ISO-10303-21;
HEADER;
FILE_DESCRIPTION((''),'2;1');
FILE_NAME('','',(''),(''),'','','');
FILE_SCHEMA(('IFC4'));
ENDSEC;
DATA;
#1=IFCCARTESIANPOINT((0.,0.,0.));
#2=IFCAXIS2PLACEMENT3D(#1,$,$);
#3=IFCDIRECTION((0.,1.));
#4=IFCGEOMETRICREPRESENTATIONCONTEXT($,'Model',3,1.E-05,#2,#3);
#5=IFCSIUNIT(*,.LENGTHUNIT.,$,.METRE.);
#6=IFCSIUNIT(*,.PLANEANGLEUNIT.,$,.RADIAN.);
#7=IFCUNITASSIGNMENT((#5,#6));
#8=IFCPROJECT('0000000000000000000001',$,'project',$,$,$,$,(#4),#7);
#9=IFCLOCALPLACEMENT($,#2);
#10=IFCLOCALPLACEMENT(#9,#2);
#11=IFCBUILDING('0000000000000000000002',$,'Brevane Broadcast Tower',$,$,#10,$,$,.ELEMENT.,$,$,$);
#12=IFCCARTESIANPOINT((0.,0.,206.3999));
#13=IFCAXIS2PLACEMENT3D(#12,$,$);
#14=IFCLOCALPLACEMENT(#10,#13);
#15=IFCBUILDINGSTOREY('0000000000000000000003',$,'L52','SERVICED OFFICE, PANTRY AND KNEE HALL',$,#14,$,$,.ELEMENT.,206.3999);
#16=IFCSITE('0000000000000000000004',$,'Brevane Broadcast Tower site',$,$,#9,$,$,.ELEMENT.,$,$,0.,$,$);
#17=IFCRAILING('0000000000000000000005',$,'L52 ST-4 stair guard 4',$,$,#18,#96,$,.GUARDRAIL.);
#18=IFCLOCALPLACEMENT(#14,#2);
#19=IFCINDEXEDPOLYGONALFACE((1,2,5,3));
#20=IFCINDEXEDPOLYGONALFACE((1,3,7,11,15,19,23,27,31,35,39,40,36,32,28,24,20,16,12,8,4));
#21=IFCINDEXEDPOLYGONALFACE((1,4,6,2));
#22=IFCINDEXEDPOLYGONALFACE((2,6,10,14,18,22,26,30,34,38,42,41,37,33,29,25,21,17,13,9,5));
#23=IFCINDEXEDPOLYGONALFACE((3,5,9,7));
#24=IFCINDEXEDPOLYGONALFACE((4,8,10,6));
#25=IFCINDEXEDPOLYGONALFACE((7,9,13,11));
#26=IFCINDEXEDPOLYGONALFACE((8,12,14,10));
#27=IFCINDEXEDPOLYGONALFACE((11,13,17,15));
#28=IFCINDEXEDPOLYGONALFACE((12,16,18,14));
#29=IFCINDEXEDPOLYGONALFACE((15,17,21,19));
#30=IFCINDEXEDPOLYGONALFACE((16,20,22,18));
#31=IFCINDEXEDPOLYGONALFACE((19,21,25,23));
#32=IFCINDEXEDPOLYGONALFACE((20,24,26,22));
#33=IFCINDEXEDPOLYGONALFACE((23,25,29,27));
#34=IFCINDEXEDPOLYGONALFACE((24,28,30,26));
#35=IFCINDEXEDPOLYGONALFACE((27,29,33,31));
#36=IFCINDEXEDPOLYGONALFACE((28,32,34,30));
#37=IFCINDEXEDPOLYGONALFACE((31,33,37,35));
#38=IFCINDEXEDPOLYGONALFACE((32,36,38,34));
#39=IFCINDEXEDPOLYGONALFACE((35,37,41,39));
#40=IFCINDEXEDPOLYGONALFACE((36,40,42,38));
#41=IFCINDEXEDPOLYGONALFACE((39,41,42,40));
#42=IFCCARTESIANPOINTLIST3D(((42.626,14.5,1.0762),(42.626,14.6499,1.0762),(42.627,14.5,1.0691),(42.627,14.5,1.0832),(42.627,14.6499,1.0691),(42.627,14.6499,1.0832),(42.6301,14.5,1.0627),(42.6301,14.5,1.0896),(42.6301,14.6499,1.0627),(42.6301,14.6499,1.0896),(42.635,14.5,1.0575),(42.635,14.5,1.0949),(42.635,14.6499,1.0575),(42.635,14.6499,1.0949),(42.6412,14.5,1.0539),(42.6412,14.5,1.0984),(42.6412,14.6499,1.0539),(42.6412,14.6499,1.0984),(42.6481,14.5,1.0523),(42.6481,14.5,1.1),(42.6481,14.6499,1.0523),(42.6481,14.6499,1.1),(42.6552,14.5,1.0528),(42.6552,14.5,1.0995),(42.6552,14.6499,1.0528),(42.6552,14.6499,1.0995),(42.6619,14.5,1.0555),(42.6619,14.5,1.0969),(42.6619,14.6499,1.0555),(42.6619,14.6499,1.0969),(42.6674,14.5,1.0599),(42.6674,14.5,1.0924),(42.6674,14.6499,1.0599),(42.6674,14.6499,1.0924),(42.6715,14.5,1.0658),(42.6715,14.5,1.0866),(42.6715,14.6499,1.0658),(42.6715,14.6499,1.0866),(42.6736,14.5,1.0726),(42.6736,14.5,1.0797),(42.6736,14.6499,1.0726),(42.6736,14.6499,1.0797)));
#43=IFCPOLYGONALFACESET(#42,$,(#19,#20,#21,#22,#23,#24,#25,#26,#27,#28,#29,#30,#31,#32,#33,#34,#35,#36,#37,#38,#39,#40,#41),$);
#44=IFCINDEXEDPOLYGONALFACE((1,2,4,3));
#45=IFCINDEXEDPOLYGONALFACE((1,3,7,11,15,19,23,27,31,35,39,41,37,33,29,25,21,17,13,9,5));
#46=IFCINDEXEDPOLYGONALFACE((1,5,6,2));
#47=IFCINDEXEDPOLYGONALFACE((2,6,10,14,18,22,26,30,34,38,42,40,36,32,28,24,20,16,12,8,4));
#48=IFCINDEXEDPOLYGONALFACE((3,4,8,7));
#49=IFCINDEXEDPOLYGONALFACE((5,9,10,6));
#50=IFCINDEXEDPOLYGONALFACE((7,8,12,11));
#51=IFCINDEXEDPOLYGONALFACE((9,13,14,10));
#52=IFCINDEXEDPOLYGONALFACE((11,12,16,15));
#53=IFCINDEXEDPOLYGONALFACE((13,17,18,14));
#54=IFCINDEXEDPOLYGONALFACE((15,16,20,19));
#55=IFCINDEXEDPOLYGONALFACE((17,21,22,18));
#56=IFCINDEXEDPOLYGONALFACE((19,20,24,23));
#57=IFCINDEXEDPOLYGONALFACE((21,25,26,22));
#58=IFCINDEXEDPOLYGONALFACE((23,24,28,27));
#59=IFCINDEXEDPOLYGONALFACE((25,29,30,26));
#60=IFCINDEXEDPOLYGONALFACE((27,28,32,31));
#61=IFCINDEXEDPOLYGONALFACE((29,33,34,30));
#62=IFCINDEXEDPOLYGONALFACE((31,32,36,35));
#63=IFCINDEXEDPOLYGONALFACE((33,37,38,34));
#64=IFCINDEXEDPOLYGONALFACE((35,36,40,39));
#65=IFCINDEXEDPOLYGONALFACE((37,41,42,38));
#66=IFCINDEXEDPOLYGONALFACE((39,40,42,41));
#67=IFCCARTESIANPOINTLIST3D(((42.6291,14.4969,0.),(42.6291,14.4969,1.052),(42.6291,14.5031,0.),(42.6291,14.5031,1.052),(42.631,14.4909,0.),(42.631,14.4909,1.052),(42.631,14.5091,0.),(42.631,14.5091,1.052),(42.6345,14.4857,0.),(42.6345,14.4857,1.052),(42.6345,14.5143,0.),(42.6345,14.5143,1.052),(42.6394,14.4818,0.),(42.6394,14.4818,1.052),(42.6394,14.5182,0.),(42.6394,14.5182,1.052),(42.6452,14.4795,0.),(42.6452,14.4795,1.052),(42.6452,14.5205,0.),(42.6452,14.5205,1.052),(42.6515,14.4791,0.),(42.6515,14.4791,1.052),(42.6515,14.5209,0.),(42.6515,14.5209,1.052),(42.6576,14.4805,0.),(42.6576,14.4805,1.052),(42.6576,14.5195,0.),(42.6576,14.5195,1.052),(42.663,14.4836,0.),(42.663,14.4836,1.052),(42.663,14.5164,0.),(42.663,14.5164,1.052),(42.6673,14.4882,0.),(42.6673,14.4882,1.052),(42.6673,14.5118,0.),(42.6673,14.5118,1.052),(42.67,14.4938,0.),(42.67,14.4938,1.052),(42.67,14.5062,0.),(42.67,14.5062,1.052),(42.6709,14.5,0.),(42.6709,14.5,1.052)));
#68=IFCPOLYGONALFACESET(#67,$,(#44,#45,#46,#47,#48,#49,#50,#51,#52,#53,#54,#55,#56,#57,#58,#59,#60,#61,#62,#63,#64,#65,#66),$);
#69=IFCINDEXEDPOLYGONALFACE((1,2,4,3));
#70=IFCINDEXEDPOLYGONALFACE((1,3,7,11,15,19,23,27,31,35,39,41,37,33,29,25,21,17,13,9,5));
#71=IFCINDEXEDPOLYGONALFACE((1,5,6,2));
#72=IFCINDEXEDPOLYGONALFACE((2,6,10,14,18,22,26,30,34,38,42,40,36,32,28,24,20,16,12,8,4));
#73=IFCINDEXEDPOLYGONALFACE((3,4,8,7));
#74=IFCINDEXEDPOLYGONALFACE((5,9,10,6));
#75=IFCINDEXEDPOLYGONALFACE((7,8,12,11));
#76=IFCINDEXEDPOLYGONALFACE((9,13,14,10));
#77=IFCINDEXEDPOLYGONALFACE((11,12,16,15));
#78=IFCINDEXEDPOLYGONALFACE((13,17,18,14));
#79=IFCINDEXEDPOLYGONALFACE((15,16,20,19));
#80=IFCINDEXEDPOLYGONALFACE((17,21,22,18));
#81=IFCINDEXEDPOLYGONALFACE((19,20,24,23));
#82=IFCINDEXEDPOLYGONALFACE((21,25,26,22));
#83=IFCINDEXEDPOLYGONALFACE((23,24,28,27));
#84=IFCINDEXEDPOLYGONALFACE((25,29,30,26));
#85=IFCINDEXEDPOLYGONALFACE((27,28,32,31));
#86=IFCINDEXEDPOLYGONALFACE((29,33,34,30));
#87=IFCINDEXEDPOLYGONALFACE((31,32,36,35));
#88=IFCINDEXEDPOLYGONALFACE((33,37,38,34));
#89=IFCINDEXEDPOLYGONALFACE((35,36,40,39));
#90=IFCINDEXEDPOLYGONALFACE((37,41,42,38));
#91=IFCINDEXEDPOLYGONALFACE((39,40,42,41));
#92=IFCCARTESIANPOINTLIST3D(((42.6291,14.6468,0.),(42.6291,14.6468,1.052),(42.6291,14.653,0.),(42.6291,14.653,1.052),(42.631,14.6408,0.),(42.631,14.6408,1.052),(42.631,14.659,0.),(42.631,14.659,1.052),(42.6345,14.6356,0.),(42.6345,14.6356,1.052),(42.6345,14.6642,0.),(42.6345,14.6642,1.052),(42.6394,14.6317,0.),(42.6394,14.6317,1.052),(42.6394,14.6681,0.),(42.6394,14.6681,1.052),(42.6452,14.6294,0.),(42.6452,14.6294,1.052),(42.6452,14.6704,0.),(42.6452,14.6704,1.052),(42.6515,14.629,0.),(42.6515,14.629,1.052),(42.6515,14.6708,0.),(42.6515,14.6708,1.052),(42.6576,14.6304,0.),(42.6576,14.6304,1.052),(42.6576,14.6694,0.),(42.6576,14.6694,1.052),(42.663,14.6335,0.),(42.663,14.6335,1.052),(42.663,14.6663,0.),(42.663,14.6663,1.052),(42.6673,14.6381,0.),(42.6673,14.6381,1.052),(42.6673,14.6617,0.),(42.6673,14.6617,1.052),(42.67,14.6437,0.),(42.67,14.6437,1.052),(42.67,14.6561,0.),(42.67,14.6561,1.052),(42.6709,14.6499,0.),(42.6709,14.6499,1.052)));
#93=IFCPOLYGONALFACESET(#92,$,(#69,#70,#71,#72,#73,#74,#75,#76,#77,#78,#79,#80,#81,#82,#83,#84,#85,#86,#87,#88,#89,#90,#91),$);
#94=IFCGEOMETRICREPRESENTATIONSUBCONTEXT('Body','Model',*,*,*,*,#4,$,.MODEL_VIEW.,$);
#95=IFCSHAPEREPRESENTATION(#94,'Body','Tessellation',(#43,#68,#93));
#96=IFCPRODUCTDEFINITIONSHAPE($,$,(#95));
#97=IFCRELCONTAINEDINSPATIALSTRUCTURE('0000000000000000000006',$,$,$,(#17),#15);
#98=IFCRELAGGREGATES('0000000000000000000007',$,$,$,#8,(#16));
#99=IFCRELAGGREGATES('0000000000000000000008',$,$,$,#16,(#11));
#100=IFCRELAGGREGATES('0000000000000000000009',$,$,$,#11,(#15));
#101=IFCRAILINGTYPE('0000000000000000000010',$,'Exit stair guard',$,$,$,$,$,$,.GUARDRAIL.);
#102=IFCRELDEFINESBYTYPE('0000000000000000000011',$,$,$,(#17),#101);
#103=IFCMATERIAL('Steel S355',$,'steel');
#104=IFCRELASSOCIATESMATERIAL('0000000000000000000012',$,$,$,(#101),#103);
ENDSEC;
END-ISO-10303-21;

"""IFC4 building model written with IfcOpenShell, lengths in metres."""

from ifc_helpers import new_model, si_unit, direction, frame, origin, origin_2d, place, context, subcontext, project, spatial, circle, extrude, material, type_object, element, save


model = new_model("IFC4")

# Units and contexts
model_context = context("Model", 3, precision=1e-05, world=origin(), true_north=direction((0.0, 1.0)))
body_context = subcontext(model_context, "Body", "Model", "MODEL_VIEW")
ifc_project = project(units=[si_unit("LENGTHUNIT", "METRE"), si_unit("PLANEANGLEUNIT", "RADIAN")], contexts=[model_context])

# Site, building, storey
site_placement = place(None, origin())
site = spatial("IfcSite", under=ifc_project, at=site_placement, Name="Brevane Broadcast Tower site", CompositionType="ELEMENT", RefElevation=0.0)
building_placement = place(site_placement, origin())
building = spatial("IfcBuilding", under=site, at=building_placement, Name="Brevane Broadcast Tower", CompositionType="ELEMENT")
storey_placement = place(building_placement, frame((0.0, 0.0, 206.3999)))
storey = spatial("IfcBuildingStorey", under=building, at=storey_placement, Name="L52", Description="SERVICED OFFICE, PANTRY AND KNEE HALL", CompositionType="ELEMENT", Elevation=206.3999)

# Railing
ifc_material_1 = material(Name="Steel S355", Category="steel")
railing_type_1 = type_object("IfcRailingType", Name="Exit stair guard", PredefinedType="GUARDRAIL", material=ifc_material_1)
railing_1_placement = place(storey_placement, frame((42.6499, 14.5, 0.0)))
element("IfcRailing", 1, at=railing_1_placement, inside=storey, type_object=railing_type_1, Name="L52 ST-4 stair guard 4", PredefinedType="GUARDRAIL", context=body_context, shape_type="SweptSolid", body=[
    extrude(circle(Radius=0.0239, at=origin_2d()), frame((0.0, 0.0, 1.0762), z_axis=(0.0, 1.0, 0.0), x_axis=(-1.0, 0.0, 0.0)), (0.0, 0.0, 1.0), 0.1499),
    extrude(circle(Radius=0.021, at=origin_2d()), origin(), (0.0, 0.0, 1.0), 1.052),
    extrude(circle(Radius=0.021, at=origin_2d()), frame((0.0, 0.1499, 0.0)), (0.0, 0.0, 1.0), 1.052),
])

save(model, "model.ifc")
